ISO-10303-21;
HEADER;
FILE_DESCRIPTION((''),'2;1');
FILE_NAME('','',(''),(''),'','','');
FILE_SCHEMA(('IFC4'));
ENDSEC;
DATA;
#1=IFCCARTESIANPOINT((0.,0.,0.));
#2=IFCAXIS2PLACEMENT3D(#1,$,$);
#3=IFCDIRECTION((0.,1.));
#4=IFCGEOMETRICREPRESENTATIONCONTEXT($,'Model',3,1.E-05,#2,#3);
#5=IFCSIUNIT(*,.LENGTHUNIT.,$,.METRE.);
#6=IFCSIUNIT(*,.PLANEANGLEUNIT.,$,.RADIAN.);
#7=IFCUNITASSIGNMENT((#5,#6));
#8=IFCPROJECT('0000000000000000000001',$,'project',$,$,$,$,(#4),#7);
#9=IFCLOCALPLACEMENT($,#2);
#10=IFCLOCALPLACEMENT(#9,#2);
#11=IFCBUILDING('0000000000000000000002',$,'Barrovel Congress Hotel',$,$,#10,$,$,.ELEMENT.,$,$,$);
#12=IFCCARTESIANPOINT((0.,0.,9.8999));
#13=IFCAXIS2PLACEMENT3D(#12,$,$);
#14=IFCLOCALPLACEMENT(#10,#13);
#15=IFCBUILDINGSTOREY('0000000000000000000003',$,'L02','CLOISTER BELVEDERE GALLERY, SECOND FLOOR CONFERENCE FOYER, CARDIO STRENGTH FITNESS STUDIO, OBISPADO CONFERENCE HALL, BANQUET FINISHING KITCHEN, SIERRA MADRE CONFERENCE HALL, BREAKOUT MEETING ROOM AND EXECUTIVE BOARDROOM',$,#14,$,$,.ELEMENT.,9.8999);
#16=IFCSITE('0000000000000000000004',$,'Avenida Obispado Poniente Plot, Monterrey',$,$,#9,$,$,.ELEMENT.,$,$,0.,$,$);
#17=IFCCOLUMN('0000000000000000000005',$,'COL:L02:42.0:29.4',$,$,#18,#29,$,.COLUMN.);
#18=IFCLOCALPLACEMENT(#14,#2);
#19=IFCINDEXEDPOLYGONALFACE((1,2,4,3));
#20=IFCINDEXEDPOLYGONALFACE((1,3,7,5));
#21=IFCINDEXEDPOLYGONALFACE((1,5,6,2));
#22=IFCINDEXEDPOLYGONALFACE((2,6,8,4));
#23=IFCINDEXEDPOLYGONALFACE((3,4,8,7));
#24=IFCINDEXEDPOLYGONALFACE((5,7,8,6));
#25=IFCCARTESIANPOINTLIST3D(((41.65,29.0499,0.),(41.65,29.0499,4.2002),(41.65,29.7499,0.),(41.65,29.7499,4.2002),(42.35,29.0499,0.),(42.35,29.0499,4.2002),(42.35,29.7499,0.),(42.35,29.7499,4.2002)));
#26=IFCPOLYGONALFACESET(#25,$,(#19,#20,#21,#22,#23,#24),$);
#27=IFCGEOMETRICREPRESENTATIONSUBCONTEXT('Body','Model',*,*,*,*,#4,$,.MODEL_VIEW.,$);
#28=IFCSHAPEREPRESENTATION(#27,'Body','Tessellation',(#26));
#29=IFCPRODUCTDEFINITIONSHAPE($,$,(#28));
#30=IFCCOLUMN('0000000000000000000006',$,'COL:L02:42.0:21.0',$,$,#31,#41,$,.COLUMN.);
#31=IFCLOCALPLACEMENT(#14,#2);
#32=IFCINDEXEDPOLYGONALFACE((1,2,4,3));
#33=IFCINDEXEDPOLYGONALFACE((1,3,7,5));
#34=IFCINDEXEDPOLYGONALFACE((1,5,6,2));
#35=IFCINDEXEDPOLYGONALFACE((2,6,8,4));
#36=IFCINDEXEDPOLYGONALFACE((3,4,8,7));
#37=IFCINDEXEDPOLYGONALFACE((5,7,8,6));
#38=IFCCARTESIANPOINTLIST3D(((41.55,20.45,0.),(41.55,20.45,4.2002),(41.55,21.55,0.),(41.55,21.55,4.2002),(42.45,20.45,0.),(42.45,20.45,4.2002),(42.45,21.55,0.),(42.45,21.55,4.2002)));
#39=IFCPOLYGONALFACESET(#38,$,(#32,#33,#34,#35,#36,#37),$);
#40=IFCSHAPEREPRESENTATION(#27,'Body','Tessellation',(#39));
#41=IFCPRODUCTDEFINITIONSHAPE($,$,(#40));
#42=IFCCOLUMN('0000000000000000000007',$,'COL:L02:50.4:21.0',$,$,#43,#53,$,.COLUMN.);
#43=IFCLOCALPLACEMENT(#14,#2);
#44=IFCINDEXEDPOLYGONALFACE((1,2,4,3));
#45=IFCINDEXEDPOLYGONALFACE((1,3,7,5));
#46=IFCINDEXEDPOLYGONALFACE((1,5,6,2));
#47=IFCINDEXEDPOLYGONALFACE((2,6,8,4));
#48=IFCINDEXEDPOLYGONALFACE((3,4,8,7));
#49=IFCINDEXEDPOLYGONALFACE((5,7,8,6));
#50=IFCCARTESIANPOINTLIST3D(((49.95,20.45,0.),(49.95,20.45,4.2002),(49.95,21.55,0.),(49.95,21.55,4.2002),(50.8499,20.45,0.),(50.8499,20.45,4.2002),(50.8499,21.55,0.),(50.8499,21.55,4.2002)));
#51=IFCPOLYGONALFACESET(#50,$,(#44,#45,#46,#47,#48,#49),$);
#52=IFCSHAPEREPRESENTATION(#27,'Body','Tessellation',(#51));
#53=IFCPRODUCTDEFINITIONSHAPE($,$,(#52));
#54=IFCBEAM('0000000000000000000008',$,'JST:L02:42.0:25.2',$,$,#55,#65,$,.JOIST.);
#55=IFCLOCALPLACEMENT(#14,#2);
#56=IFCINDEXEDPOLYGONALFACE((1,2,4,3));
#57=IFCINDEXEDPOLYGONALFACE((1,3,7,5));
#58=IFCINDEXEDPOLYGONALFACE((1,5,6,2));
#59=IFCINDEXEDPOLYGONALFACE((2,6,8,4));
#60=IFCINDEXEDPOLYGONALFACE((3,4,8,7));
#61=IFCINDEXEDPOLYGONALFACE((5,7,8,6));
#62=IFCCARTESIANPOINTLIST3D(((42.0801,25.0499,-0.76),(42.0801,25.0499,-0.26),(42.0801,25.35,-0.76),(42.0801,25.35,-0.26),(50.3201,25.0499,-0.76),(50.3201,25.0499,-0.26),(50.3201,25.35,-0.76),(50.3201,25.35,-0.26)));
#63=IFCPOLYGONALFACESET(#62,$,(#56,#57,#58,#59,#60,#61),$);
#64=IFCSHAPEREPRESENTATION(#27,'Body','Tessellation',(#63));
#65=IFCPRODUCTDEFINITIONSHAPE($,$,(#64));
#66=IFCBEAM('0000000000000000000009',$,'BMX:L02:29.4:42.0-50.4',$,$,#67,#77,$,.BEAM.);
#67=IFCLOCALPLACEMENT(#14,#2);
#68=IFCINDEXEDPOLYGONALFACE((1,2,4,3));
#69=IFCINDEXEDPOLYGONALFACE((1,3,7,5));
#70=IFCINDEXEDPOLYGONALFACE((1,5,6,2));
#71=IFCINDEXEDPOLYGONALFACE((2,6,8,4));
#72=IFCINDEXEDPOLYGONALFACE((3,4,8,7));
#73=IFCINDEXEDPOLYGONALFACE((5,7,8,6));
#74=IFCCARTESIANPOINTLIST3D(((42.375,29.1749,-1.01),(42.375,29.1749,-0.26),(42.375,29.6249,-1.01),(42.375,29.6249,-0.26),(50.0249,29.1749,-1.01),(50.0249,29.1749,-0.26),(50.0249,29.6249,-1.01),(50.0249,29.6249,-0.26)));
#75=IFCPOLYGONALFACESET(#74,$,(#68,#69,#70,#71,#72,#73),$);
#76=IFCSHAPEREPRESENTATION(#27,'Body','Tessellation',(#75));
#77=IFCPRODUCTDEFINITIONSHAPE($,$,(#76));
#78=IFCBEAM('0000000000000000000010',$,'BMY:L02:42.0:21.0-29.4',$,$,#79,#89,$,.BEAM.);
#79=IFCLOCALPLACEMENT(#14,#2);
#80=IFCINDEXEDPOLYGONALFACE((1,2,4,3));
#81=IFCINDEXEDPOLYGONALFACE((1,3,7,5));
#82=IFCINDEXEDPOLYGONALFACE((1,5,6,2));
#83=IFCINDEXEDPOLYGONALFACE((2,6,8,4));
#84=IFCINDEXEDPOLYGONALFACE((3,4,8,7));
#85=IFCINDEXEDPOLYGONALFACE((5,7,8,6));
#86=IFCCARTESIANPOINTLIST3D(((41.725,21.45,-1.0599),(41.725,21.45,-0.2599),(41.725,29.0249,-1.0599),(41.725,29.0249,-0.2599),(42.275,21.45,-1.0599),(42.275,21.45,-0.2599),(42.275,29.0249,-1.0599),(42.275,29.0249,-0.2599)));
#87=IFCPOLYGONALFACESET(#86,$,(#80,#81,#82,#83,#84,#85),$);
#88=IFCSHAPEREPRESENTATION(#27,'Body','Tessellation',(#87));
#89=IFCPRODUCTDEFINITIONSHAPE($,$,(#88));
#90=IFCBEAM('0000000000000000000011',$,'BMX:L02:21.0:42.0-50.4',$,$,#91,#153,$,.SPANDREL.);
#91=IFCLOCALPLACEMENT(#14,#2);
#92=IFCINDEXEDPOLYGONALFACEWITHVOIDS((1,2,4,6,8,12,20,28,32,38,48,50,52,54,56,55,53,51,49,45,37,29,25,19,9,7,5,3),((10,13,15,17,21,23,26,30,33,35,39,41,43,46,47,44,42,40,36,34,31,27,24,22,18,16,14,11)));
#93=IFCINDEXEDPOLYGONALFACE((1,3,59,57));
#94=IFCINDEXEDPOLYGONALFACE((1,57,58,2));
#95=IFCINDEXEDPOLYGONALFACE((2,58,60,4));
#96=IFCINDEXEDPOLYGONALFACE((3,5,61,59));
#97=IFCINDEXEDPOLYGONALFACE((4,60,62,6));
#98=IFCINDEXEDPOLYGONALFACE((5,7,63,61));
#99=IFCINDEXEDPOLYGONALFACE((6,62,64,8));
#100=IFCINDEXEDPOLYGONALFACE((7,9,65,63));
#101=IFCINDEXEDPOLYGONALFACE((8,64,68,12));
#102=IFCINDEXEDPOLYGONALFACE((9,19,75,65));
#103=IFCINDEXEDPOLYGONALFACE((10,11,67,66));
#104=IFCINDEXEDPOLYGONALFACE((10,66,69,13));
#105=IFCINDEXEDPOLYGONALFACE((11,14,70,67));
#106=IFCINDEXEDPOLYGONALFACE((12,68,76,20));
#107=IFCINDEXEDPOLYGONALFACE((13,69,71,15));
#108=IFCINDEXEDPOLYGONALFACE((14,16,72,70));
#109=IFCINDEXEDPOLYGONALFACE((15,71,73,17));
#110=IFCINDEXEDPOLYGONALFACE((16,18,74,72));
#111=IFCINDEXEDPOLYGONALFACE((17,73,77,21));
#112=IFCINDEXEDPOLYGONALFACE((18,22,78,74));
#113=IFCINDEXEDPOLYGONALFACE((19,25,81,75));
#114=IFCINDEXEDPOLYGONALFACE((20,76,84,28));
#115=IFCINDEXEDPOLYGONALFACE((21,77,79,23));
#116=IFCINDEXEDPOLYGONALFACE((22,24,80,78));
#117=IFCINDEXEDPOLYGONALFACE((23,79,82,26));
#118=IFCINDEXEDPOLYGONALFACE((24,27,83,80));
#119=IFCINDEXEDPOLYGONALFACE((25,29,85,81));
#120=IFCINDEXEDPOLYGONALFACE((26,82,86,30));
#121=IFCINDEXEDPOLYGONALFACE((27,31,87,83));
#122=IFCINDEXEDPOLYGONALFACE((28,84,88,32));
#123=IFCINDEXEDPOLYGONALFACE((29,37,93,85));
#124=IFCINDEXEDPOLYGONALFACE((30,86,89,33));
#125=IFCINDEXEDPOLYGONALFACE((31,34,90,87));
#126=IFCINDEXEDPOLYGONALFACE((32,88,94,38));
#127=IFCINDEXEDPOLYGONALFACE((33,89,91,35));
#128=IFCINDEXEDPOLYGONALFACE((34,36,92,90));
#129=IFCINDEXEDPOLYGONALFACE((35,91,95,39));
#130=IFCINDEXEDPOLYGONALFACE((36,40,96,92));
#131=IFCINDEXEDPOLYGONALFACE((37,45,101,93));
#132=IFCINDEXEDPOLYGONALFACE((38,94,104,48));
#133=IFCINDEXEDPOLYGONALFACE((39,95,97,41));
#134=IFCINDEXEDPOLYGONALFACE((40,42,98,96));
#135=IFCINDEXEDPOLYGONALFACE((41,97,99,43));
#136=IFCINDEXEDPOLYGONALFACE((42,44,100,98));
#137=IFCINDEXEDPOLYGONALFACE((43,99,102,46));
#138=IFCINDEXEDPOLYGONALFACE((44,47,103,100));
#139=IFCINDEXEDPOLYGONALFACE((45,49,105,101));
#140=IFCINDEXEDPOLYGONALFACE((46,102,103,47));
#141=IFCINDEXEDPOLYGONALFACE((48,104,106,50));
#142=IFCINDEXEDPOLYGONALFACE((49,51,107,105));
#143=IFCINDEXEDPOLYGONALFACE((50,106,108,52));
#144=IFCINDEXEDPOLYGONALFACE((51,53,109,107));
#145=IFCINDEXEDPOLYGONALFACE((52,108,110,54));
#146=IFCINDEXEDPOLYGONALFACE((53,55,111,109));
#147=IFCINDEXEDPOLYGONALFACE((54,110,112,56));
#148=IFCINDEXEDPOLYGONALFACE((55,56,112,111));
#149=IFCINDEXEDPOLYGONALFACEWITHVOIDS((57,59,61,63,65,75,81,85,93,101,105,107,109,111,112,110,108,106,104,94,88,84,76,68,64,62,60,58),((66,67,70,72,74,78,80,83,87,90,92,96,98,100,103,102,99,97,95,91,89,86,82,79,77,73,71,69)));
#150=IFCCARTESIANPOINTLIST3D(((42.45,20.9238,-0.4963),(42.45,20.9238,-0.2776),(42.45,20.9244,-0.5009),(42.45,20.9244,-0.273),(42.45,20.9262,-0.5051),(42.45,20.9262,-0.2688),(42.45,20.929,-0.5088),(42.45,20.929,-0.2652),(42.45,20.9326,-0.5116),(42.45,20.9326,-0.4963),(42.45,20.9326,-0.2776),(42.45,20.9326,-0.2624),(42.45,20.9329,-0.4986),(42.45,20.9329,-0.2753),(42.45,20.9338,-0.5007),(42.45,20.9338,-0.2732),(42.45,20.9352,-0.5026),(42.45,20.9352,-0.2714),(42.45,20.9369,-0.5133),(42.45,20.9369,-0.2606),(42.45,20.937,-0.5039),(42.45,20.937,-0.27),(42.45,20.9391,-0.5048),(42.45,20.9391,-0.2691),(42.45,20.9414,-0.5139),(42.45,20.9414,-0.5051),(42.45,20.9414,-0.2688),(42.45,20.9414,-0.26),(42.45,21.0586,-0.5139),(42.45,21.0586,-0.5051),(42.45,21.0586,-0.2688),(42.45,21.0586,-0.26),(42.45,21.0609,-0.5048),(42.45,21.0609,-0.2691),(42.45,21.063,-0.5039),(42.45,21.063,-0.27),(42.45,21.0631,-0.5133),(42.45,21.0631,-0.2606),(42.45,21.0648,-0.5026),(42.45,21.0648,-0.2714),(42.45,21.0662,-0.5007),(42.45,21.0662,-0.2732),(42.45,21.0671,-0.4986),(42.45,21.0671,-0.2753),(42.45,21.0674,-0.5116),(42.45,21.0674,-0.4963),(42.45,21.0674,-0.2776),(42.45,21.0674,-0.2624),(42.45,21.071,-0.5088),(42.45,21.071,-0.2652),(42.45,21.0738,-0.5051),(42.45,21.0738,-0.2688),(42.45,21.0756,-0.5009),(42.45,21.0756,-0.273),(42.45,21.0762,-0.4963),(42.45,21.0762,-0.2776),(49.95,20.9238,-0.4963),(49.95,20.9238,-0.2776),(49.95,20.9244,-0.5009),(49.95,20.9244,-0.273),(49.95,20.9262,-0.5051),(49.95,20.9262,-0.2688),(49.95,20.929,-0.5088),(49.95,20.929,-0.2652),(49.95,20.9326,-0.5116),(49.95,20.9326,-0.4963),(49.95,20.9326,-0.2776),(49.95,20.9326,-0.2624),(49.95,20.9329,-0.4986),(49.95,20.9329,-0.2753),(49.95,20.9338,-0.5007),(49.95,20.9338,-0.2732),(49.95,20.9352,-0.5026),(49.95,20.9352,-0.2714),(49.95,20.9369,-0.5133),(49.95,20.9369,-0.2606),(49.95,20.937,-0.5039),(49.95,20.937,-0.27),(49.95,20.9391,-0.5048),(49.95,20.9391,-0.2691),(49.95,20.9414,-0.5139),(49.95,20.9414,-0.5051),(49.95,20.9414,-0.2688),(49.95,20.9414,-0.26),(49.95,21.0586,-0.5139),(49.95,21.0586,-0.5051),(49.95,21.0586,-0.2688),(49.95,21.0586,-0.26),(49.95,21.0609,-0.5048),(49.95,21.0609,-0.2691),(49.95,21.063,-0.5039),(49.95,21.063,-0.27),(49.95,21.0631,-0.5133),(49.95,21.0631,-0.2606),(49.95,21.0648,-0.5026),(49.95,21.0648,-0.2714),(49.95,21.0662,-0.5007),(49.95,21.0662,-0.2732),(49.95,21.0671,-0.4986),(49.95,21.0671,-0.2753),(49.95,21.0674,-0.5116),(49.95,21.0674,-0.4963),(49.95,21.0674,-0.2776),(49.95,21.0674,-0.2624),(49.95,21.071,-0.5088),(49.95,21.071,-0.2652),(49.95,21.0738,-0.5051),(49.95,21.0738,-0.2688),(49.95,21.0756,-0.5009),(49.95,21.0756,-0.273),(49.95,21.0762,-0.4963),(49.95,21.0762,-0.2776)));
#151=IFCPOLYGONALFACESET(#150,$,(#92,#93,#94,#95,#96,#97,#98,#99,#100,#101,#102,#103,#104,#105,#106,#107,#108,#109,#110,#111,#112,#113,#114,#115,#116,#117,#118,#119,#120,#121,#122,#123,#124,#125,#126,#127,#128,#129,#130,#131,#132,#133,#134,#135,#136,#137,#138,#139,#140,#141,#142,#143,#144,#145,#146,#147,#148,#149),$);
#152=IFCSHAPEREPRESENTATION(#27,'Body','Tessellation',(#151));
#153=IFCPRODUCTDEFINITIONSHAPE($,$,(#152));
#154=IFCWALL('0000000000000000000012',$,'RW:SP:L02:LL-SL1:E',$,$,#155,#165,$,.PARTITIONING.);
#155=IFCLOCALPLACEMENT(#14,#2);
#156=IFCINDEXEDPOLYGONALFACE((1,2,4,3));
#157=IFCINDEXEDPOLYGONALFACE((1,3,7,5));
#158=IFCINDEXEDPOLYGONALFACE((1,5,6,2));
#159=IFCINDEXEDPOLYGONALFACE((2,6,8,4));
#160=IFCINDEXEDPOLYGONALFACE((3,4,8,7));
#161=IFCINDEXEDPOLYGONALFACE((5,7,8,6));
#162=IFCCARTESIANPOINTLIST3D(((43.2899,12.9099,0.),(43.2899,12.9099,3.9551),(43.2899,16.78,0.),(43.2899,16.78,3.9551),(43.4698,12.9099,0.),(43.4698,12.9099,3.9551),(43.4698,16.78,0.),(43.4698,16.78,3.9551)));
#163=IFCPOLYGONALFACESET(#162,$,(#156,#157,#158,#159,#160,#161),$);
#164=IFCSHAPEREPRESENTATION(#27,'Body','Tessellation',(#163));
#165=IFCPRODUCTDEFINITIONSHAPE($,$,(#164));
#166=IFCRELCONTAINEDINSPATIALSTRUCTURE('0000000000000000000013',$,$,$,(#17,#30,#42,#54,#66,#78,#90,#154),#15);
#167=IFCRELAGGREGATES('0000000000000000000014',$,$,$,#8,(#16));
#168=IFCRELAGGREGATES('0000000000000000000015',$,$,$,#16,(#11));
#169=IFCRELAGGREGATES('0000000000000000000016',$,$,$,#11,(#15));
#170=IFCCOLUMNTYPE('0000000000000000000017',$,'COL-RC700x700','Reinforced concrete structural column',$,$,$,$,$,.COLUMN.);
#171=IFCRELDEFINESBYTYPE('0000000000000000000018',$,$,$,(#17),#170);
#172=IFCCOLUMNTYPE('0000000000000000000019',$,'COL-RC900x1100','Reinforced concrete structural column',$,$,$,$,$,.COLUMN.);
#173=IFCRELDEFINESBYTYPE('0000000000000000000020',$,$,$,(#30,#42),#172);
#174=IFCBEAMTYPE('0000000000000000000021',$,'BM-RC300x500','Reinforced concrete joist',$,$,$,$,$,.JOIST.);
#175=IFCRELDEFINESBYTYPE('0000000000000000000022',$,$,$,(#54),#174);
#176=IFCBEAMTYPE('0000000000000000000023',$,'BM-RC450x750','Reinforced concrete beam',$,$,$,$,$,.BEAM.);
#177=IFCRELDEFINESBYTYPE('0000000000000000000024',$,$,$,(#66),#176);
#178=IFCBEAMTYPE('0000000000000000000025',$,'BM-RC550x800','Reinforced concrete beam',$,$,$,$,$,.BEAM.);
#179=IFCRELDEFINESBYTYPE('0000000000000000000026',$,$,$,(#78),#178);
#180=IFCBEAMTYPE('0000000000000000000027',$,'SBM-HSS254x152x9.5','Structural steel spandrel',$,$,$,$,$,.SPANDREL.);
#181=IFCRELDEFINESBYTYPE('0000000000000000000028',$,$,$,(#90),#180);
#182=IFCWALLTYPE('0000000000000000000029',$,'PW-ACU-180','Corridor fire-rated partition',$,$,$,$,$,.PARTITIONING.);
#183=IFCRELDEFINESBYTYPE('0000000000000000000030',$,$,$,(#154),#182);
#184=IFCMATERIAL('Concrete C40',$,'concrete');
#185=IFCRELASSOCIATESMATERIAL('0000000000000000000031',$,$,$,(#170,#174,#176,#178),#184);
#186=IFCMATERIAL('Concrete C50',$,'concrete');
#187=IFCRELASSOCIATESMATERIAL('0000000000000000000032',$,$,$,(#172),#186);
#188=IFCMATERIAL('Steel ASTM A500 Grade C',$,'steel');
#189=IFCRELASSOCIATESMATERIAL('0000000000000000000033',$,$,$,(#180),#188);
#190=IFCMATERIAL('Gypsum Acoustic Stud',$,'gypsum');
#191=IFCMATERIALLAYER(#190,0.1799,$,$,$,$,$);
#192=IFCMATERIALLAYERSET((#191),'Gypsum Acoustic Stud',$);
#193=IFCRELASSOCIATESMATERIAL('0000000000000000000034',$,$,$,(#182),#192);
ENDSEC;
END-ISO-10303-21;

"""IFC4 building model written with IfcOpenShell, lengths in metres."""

from ifc_helpers import new_model, si_unit, direction, frame, frame_2d, origin, origin_2d, place, context, subcontext, project, spatial, rectangle, hollow_rectangle, extrude, material, layer, layer_set, material_profile, profile_set, type_object, element, save


model = new_model("IFC4")

# Units and contexts
model_context = context("Model", 3, precision=1e-05, world=origin(), true_north=direction((0.0, 1.0)))
body_context = subcontext(model_context, "Body", "Model", "MODEL_VIEW")
ifc_project = project(units=[si_unit("LENGTHUNIT", "METRE"), si_unit("PLANEANGLEUNIT", "RADIAN")], contexts=[model_context])

# Site, building, storey
site_placement = place(None, origin())
site = spatial("IfcSite", under=ifc_project, at=site_placement, Name="Avenida Obispado Poniente Plot, Monterrey", CompositionType="ELEMENT", RefElevation=0.0)
building_placement = place(site_placement, origin())
building = spatial("IfcBuilding", under=site, at=building_placement, Name="Barrovel Congress Hotel", CompositionType="ELEMENT")
storey_placement = place(building_placement, frame((0.0, 0.0, 9.8999)))
storey = spatial("IfcBuildingStorey", under=building, at=storey_placement, Name="L02", Description="CLOISTER BELVEDERE GALLERY, SECOND FLOOR CONFERENCE FOYER, CARDIO STRENGTH FITNESS STUDIO, OBISPADO CONFERENCE HALL, BANQUET FINISHING KITCHEN, SIERRA MADRE CONFERENCE HALL, BREAKOUT MEETING ROOM AND EXECUTIVE BOARDROOM", CompositionType="ELEMENT", Elevation=9.8999)

# Columns
ifc_material_1 = material(Name="Concrete C40", Category="concrete")
ifc_material_profile_1 = material_profile(ifc_material_1, rectangle(XDim=0.7, YDim=0.7, at=origin_2d()), Name="RC700x700")
ifc_profile_set_1 = profile_set([ifc_material_profile_1], Name="Concrete C40")
column_type_1 = type_object("IfcColumnType", Name="COL-RC700x700", Description="Reinforced concrete structural column", PredefinedType="COLUMN", material=ifc_profile_set_1)
column_placement = place(storey_placement, frame((42.0, 29.3999, 0.0), z_axis=(0.0, 0.0, 1.0), x_axis=(1.0, 0.0, 0.0)))
element("IfcColumn", 1, at=column_placement, inside=storey, type_object=column_type_1, Name="COL:L02:42.0:29.4", PredefinedType="COLUMN", context=body_context, shape_type="SweptSolid", body=[
    extrude(rectangle(XDim=0.7, YDim=0.7, at=origin_2d()), origin(), (0.0, 0.0, 1.0), 4.2002),
])
ifc_material_2 = material(Name="Concrete C50", Category="concrete")
ifc_material_profile_2 = material_profile(ifc_material_2, rectangle(XDim=0.8999, YDim=1.1001, at=origin_2d()), Name="RC900x1100")
ifc_profile_set_2 = profile_set([ifc_material_profile_2], Name="Concrete C50")
column_type_2 = type_object("IfcColumnType", Name="COL-RC900x1100", Description="Reinforced concrete structural column", PredefinedType="COLUMN", material=ifc_profile_set_2)
for number, where, z_axis, x_axis, name in (
    (2, (42.0, 21.0, 0.0), (0.0, 0.0, 1.0), (1.0, 0.0, 0.0), "COL:L02:42.0:21.0"),
    (3, (50.3999, 21.0, 0.0), (0.0, 0.0, 1.0), (1.0, 0.0, 0.0), "COL:L02:50.4:21.0"),
):
    element("IfcColumn", number, at=place(storey_placement, frame(where, z_axis=z_axis, x_axis=x_axis)), inside=storey, type_object=column_type_2, Name=name, PredefinedType="COLUMN", context=body_context, shape_type="SweptSolid", body=[
        extrude(rectangle(XDim=0.8999, YDim=1.1001, at=origin_2d()), origin(), (0.0, 0.0, 1.0), 4.2002),
    ])

# Beams
ifc_material_profile_3 = material_profile(ifc_material_1, rectangle(XDim=0.3, YDim=0.5, at=origin_2d()), Name="RC300x500")
ifc_profile_set_3 = profile_set([ifc_material_profile_3], Name="Concrete C40")
beam_type_1 = type_object("IfcBeamType", Name="BM-RC300x500", Description="Reinforced concrete joist", PredefinedType="JOIST", material=ifc_profile_set_3)
beam_1_placement = place(storey_placement, frame((42.0801, 25.2, -0.51), z_axis=(1.0, 0.0, 0.0), x_axis=(0.0, 1.0, 0.0)))
element("IfcBeam", 4, at=beam_1_placement, inside=storey, type_object=beam_type_1, Name="JST:L02:42.0:25.2", PredefinedType="JOIST", context=body_context, shape_type="SweptSolid", body=[
    extrude(rectangle(XDim=0.3, YDim=0.5, at=origin_2d()), origin(), (0.0, 0.0, 1.0), 8.24),
])
ifc_material_profile_4 = material_profile(ifc_material_1, rectangle(XDim=0.45, YDim=0.75, at=origin_2d()), Name="RC450x750")
ifc_profile_set_4 = profile_set([ifc_material_profile_4], Name="Concrete C40")
beam_type_2 = type_object("IfcBeamType", Name="BM-RC450x750", Description="Reinforced concrete beam", PredefinedType="BEAM", material=ifc_profile_set_4)
beam_2_placement = place(storey_placement, frame((42.375, 29.3999, -0.635), z_axis=(1.0, 0.0, 0.0), x_axis=(0.0, 1.0, 0.0)))
element("IfcBeam", 5, at=beam_2_placement, inside=storey, type_object=beam_type_2, Name="BMX:L02:29.4:42.0-50.4", PredefinedType="BEAM", context=body_context, shape_type="SweptSolid", body=[
    extrude(rectangle(XDim=0.45, YDim=0.75, at=origin_2d()), origin(), (0.0, 0.0, 1.0), 7.6499),
])
ifc_material_profile_5 = material_profile(ifc_material_1, rectangle(XDim=0.55, YDim=0.8, at=origin_2d()), Name="RC550x800")
ifc_profile_set_5 = profile_set([ifc_material_profile_5], Name="Concrete C40")
beam_type_3 = type_object("IfcBeamType", Name="BM-RC550x800", Description="Reinforced concrete beam", PredefinedType="BEAM", material=ifc_profile_set_5)
beam_3_placement = place(storey_placement, frame((42.0, 21.45, -0.6599), z_axis=(0.0, 1.0, 0.0), x_axis=(-1.0, 0.0, 0.0)))
element("IfcBeam", 6, at=beam_3_placement, inside=storey, type_object=beam_type_3, Name="BMY:L02:42.0:21.0-29.4", PredefinedType="BEAM", context=body_context, shape_type="SweptSolid", body=[
    extrude(rectangle(XDim=0.55, YDim=0.8, at=origin_2d()), origin(), (0.0, 0.0, 1.0), 7.575),
])
ifc_material_3 = material(Name="Steel ASTM A500 Grade C", Category="steel")
ifc_material_profile_6 = material_profile(ifc_material_3, hollow_rectangle(XDim=0.1523, YDim=0.2539, WallThickness=0.0088, InnerFilletRadius=0.0088, OuterFilletRadius=0.0176, at=origin_2d()), Name="HSS254x152x9.5")
ifc_profile_set_6 = profile_set([ifc_material_profile_6], Name="Steel ASTM A500 Grade C")
beam_type_4 = type_object("IfcBeamType", Name="SBM-HSS254x152x9.5", Description="Structural steel spandrel", PredefinedType="SPANDREL", material=ifc_profile_set_6)
beam_4_placement = place(storey_placement, frame((42.45, 21.0, -0.387), z_axis=(1.0, 0.0, 0.0), x_axis=(0.0, 1.0, 0.0)))
element("IfcBeam", 7, at=beam_4_placement, inside=storey, type_object=beam_type_4, Name="BMX:L02:21.0:42.0-50.4", PredefinedType="SPANDREL", context=body_context, shape_type="SweptSolid", body=[
    extrude(hollow_rectangle(XDim=0.1523, YDim=0.2539, WallThickness=0.0088, InnerFilletRadius=0.0088, OuterFilletRadius=0.0176, at=origin_2d()), origin(), (0.0, 0.0, 1.0), 7.5),
])

# Shared definitions
ifc_material_4 = material(Name="Gypsum Acoustic Stud", Category="gypsum")
ifc_layer_1 = layer(ifc_material_4, 0.1799)
ifc_layer_set_1 = layer_set([ifc_layer_1], Name="Gypsum Acoustic Stud")
wall_type_1 = type_object("IfcWallType", Name="PW-ACU-180", Description="Corridor fire-rated partition", PredefinedType="PARTITIONING", material=ifc_layer_set_1)

# Wall
wall_1_placement = place(storey_placement, frame((43.3799, 12.9099, 0.0), z_axis=(0.0, 0.0, 1.0), x_axis=(0.0, 1.0, 0.0)))
element("IfcWall", 8, at=wall_1_placement, inside=storey, type_object=wall_type_1, Name="RW:SP:L02:LL-SL1:E", PredefinedType="PARTITIONING", context=body_context, shape_type="SweptSolid", body=[
    extrude(rectangle(XDim=3.8701, YDim=0.1799, at=frame_2d((1.9351, 0.0))), origin(), (0.0, 0.0, 1.0), 3.9551),
])

save(model, "model.ifc")
